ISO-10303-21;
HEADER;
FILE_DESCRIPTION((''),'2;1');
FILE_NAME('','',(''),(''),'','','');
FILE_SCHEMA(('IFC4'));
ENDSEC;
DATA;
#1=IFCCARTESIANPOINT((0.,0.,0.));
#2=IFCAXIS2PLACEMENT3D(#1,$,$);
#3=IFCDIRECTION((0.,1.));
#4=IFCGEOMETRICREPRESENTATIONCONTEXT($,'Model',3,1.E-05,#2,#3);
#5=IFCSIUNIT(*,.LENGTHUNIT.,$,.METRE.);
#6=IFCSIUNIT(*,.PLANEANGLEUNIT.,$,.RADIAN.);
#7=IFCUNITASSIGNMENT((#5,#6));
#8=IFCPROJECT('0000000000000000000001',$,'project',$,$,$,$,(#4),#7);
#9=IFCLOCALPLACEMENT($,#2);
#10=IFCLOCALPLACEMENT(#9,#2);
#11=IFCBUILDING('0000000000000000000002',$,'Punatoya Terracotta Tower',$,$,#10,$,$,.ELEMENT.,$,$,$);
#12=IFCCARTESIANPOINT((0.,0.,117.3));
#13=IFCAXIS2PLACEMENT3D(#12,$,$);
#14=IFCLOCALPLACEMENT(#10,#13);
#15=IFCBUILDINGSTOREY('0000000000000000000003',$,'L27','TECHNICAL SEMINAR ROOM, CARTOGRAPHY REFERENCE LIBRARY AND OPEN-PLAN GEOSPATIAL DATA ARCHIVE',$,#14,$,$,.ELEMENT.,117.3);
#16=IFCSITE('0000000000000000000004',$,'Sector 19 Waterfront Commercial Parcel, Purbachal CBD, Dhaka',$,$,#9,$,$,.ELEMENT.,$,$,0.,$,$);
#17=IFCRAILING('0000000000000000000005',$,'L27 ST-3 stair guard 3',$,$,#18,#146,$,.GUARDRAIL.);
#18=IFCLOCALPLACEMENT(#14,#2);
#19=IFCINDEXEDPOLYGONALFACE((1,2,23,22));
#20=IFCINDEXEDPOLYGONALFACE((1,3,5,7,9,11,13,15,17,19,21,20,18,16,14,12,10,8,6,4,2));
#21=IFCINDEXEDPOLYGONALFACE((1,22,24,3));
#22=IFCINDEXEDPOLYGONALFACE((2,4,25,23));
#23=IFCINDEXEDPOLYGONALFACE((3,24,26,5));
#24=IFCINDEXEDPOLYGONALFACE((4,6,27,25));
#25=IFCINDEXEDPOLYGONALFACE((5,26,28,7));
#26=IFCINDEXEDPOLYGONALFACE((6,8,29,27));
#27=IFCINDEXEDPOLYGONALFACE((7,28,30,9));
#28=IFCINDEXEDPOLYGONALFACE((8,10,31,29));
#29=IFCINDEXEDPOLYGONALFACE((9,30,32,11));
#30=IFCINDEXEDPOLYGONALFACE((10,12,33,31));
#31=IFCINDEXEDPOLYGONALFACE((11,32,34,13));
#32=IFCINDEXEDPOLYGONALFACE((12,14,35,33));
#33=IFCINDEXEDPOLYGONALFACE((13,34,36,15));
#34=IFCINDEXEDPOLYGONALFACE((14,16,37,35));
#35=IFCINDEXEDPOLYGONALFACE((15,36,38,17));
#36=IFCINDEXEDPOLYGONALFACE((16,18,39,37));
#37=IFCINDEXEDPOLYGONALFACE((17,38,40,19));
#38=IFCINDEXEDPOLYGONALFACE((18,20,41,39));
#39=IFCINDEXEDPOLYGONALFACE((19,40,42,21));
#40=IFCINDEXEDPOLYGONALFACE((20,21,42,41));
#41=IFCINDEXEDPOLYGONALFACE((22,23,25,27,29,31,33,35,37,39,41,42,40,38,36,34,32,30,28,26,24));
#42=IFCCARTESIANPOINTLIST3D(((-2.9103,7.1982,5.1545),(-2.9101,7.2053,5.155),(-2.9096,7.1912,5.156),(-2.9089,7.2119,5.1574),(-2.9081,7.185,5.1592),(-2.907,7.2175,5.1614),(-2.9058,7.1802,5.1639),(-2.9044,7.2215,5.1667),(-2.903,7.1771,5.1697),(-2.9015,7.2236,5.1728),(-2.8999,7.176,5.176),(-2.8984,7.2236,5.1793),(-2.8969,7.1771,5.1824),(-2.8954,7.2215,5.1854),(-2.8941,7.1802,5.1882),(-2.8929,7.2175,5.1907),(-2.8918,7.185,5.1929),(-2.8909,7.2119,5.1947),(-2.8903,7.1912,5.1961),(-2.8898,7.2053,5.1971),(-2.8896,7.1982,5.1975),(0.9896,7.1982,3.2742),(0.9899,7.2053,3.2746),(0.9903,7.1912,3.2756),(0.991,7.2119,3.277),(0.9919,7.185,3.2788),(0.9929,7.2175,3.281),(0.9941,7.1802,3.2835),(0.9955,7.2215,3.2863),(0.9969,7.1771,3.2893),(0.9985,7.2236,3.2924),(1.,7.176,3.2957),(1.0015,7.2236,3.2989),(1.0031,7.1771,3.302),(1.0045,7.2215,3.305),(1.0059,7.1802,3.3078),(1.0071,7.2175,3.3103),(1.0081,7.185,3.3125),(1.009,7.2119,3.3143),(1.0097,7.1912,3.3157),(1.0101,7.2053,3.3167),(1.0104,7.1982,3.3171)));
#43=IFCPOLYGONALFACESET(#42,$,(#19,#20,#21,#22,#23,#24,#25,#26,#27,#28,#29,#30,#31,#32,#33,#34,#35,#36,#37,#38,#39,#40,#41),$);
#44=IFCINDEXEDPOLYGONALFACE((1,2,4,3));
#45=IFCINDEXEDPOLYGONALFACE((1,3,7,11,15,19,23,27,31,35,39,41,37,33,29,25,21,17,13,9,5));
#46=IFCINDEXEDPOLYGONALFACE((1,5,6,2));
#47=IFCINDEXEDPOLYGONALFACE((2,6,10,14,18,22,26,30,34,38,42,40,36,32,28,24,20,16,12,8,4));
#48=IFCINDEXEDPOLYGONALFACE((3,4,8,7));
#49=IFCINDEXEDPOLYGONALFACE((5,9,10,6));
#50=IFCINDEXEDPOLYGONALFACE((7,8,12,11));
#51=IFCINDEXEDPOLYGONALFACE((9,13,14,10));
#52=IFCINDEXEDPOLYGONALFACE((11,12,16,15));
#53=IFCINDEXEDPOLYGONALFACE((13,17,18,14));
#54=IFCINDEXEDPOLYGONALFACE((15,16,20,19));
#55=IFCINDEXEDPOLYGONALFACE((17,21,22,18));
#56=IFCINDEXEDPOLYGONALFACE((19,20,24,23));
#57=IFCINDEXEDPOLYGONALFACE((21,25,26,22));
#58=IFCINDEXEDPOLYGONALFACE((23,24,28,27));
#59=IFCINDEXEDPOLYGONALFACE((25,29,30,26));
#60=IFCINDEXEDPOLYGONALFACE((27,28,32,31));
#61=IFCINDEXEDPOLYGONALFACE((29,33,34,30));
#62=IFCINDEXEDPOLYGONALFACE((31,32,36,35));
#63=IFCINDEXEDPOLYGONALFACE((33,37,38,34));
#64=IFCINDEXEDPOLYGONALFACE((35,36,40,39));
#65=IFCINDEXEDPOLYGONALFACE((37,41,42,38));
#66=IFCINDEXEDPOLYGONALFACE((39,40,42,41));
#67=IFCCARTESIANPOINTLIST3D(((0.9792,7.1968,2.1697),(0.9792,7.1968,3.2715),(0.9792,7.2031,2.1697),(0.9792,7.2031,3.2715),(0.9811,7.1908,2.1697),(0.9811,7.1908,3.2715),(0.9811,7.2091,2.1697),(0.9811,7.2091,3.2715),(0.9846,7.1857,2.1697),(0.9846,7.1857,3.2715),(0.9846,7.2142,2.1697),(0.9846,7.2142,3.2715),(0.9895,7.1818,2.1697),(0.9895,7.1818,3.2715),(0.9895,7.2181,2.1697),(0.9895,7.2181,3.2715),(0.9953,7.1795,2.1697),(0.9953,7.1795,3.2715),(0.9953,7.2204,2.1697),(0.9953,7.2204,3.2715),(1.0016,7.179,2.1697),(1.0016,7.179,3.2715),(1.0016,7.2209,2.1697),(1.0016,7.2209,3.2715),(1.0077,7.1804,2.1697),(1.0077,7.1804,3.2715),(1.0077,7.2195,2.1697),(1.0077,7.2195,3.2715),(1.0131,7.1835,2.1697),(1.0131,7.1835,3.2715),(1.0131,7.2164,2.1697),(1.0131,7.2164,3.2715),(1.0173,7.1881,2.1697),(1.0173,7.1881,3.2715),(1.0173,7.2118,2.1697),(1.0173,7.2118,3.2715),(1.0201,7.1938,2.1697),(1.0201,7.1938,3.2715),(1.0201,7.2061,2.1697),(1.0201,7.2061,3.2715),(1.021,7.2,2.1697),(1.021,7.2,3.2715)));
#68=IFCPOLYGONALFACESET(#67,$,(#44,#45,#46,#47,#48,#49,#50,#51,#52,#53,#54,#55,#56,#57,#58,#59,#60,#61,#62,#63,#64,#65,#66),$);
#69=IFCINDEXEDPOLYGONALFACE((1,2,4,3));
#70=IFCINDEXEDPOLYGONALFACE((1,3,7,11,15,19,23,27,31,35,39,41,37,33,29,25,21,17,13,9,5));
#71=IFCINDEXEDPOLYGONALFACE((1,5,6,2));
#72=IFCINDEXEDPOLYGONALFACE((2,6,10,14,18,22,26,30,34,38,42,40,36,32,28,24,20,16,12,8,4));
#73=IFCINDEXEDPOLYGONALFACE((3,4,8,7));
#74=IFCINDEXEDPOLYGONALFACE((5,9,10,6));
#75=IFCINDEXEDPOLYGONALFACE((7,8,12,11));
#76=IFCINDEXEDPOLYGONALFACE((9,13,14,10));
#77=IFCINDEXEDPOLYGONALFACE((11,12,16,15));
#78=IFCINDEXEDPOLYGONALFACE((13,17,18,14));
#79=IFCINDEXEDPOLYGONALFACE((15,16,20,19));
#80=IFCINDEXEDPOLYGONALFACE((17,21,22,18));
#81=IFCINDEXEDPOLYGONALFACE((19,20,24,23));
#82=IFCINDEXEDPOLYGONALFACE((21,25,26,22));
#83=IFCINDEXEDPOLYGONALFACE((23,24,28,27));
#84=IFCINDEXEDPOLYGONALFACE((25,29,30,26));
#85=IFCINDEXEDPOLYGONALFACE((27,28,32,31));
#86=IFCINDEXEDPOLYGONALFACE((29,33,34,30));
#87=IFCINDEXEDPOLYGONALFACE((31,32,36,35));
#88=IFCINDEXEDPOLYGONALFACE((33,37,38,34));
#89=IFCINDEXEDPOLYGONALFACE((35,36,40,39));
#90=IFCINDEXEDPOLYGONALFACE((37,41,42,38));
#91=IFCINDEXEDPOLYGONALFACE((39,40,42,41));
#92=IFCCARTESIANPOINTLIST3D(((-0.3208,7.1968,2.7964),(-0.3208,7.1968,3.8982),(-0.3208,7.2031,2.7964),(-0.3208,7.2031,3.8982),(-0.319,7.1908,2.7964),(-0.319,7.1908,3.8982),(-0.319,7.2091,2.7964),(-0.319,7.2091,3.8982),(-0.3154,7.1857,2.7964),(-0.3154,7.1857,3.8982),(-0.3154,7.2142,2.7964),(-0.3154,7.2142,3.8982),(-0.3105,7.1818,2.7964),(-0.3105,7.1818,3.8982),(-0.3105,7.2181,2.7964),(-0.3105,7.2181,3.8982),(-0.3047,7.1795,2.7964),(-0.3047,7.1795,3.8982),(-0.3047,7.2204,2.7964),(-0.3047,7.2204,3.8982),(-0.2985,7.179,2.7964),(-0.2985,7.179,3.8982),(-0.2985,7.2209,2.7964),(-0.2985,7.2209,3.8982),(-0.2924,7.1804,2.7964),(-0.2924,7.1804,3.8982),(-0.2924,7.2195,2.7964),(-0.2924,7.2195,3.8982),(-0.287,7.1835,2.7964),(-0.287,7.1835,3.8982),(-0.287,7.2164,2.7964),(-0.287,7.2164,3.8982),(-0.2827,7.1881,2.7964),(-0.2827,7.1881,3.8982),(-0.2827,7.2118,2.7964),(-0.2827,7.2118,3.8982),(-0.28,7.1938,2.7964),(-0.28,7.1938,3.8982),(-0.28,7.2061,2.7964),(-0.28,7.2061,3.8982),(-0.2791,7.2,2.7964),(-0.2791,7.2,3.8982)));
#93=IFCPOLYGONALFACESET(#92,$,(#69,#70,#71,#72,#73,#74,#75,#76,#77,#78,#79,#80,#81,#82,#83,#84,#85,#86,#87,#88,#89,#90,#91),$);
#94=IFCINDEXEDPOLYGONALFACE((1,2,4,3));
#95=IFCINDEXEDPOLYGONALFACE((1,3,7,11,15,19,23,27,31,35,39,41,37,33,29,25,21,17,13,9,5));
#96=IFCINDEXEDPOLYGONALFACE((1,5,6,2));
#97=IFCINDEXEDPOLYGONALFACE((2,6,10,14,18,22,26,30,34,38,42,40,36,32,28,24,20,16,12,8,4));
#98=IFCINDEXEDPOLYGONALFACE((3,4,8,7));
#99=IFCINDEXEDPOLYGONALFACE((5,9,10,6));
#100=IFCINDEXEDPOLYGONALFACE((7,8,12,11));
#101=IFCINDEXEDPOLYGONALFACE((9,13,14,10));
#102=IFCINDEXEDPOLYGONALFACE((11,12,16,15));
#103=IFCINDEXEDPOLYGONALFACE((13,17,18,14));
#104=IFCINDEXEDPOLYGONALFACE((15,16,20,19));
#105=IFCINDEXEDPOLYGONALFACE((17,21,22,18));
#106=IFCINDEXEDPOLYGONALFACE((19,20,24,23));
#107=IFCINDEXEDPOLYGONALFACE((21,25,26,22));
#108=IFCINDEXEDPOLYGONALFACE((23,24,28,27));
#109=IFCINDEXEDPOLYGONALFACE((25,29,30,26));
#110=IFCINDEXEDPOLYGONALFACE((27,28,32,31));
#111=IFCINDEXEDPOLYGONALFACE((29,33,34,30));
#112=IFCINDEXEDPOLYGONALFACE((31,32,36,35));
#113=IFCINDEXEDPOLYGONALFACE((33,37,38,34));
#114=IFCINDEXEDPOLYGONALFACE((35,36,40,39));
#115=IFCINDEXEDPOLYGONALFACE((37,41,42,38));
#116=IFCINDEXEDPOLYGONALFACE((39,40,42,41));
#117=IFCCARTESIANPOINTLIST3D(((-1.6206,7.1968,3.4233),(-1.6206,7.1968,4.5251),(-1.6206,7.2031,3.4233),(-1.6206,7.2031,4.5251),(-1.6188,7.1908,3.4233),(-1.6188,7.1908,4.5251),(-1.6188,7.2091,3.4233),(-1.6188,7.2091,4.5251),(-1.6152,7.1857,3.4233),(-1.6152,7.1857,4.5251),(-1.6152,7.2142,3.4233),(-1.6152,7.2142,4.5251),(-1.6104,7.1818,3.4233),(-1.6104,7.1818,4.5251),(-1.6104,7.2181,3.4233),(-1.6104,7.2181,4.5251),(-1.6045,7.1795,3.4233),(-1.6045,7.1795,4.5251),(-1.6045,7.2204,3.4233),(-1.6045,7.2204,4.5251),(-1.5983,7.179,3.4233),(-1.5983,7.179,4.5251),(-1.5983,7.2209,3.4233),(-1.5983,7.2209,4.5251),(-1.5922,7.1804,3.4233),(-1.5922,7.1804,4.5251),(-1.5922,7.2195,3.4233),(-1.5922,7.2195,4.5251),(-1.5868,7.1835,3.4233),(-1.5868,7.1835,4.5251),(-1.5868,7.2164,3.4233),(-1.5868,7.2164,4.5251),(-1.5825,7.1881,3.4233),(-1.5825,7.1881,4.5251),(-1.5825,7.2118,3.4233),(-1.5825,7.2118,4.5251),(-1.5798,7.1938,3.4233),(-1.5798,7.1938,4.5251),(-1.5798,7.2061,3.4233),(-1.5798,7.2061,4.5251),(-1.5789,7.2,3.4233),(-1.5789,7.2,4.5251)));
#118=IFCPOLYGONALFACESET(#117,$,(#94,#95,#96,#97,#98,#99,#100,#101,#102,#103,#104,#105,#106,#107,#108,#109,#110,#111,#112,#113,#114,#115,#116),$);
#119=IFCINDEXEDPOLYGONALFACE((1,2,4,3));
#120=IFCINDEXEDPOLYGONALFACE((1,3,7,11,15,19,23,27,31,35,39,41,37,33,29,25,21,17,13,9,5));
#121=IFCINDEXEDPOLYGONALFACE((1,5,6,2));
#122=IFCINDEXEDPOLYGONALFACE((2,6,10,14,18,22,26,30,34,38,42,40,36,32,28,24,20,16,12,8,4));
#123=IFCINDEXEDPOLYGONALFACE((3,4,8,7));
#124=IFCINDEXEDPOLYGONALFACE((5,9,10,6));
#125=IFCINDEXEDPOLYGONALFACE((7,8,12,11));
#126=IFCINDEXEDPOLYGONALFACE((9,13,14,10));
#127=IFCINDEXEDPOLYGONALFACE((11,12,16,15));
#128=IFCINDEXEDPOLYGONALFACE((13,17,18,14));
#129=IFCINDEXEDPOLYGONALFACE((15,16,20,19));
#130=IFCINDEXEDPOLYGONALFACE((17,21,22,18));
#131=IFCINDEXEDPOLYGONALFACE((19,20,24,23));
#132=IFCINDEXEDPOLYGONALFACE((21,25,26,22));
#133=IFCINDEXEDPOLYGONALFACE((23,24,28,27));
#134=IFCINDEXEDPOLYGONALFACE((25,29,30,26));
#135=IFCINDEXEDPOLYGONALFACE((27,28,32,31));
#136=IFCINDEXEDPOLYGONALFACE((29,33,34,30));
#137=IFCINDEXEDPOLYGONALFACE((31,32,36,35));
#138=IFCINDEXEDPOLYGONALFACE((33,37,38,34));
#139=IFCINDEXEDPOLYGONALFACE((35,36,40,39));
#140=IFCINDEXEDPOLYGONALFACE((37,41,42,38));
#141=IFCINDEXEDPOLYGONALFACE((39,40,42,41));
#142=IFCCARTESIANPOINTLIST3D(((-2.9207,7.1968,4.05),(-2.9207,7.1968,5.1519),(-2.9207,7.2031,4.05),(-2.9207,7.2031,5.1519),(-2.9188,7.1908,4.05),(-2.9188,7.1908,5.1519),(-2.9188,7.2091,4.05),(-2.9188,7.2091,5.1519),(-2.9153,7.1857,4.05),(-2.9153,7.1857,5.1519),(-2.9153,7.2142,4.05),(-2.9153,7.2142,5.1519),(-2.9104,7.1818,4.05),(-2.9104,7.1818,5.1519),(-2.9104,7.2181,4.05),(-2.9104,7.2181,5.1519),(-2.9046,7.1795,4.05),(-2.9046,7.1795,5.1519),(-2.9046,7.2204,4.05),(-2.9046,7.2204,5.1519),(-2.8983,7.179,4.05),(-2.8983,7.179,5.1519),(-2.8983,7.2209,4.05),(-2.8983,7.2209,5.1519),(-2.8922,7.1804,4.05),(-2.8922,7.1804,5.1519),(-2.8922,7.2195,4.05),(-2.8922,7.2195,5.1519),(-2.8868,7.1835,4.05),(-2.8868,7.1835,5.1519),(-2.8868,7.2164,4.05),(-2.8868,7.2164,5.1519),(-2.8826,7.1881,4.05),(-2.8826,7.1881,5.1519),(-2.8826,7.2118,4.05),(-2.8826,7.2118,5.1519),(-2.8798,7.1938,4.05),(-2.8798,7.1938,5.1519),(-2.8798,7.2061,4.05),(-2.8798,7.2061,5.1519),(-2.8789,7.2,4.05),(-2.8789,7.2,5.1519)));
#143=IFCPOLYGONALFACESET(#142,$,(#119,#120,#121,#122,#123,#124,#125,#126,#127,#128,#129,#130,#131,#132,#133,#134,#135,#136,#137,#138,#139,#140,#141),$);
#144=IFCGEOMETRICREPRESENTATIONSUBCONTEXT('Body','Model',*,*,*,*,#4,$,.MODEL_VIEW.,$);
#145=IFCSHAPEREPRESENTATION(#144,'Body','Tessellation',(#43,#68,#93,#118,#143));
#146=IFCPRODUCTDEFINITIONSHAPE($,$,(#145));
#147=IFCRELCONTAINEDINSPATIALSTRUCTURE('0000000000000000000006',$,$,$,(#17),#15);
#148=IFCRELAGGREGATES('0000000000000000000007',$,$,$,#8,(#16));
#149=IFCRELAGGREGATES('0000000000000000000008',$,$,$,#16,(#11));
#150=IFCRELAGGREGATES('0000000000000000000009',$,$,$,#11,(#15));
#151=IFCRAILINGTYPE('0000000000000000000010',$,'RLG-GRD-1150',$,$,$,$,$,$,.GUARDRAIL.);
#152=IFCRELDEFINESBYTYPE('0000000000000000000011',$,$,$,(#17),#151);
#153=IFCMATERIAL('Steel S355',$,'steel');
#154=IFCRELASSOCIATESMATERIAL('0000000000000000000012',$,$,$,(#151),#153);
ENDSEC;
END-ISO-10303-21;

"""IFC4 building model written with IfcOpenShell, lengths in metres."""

from ifc_helpers import new_model, si_unit, direction, frame, origin, origin_2d, place, context, subcontext, project, spatial, circle, extrude, material, type_object, element, save


model = new_model("IFC4")

# Units and contexts
model_context = context("Model", 3, precision=1e-05, world=origin(), true_north=direction((0.0, 1.0)))
body_context = subcontext(model_context, "Body", "Model", "MODEL_VIEW")
ifc_project = project(units=[si_unit("LENGTHUNIT", "METRE"), si_unit("PLANEANGLEUNIT", "RADIAN")], contexts=[model_context])

# Site, building, storey
site_placement = place(None, origin())
site = spatial("IfcSite", under=ifc_project, at=site_placement, Name="Sector 19 Waterfront Commercial Parcel, Purbachal CBD, Dhaka", CompositionType="ELEMENT", RefElevation=0.0)
building_placement = place(site_placement, origin())
building = spatial("IfcBuilding", under=site, at=building_placement, Name="Punatoya Terracotta Tower", CompositionType="ELEMENT")
storey_placement = place(building_placement, frame((0.0, 0.0, 117.3)))
storey = spatial("IfcBuildingStorey", under=building, at=storey_placement, Name="L27", Description="TECHNICAL SEMINAR ROOM, CARTOGRAPHY REFERENCE LIBRARY AND OPEN-PLAN GEOSPATIAL DATA ARCHIVE", CompositionType="ELEMENT", Elevation=117.3)

# Shared definitions
ifc_material_1 = material(Name="Steel S355", Category="steel")

# Railing
railing_type_1 = type_object("IfcRailingType", Name="RLG-GRD-1150", PredefinedType="GUARDRAIL", material=ifc_material_1)
railing_1_placement = place(storey_placement, frame((1.0, 7.2, 2.1697)))
element("IfcRailing", 1, at=railing_1_placement, inside=storey, type_object=railing_type_1, Name="L27 ST-3 stair guard 3", PredefinedType="GUARDRAIL", context=body_context, shape_type="SweptSolid", body=[
    extrude(circle(Radius=0.0239, at=origin_2d()), frame((0.0, 0.0, 1.126), z_axis=(-0.900763, 0.0, 0.434311), x_axis=(0.0, -1.0, 0.0)), (0.0, 0.0, 1.0), 4.3296),
    extrude(circle(Radius=0.021, at=origin_2d()), origin(), (0.0, 0.0, 1.0), 1.1018),
    extrude(circle(Radius=0.021, at=origin_2d()), frame((-1.3, 0.0, 0.6267)), (0.0, 0.0, 1.0), 1.1018),
    extrude(circle(Radius=0.021, at=origin_2d()), frame((-2.5999, 0.0, 1.2537)), (0.0, 0.0, 1.0), 1.1018),
    extrude(circle(Radius=0.021, at=origin_2d()), frame((-3.8999, 0.0, 1.8804)), (0.0, 0.0, 1.0), 1.1018),
])

save(model, "model.ifc")
